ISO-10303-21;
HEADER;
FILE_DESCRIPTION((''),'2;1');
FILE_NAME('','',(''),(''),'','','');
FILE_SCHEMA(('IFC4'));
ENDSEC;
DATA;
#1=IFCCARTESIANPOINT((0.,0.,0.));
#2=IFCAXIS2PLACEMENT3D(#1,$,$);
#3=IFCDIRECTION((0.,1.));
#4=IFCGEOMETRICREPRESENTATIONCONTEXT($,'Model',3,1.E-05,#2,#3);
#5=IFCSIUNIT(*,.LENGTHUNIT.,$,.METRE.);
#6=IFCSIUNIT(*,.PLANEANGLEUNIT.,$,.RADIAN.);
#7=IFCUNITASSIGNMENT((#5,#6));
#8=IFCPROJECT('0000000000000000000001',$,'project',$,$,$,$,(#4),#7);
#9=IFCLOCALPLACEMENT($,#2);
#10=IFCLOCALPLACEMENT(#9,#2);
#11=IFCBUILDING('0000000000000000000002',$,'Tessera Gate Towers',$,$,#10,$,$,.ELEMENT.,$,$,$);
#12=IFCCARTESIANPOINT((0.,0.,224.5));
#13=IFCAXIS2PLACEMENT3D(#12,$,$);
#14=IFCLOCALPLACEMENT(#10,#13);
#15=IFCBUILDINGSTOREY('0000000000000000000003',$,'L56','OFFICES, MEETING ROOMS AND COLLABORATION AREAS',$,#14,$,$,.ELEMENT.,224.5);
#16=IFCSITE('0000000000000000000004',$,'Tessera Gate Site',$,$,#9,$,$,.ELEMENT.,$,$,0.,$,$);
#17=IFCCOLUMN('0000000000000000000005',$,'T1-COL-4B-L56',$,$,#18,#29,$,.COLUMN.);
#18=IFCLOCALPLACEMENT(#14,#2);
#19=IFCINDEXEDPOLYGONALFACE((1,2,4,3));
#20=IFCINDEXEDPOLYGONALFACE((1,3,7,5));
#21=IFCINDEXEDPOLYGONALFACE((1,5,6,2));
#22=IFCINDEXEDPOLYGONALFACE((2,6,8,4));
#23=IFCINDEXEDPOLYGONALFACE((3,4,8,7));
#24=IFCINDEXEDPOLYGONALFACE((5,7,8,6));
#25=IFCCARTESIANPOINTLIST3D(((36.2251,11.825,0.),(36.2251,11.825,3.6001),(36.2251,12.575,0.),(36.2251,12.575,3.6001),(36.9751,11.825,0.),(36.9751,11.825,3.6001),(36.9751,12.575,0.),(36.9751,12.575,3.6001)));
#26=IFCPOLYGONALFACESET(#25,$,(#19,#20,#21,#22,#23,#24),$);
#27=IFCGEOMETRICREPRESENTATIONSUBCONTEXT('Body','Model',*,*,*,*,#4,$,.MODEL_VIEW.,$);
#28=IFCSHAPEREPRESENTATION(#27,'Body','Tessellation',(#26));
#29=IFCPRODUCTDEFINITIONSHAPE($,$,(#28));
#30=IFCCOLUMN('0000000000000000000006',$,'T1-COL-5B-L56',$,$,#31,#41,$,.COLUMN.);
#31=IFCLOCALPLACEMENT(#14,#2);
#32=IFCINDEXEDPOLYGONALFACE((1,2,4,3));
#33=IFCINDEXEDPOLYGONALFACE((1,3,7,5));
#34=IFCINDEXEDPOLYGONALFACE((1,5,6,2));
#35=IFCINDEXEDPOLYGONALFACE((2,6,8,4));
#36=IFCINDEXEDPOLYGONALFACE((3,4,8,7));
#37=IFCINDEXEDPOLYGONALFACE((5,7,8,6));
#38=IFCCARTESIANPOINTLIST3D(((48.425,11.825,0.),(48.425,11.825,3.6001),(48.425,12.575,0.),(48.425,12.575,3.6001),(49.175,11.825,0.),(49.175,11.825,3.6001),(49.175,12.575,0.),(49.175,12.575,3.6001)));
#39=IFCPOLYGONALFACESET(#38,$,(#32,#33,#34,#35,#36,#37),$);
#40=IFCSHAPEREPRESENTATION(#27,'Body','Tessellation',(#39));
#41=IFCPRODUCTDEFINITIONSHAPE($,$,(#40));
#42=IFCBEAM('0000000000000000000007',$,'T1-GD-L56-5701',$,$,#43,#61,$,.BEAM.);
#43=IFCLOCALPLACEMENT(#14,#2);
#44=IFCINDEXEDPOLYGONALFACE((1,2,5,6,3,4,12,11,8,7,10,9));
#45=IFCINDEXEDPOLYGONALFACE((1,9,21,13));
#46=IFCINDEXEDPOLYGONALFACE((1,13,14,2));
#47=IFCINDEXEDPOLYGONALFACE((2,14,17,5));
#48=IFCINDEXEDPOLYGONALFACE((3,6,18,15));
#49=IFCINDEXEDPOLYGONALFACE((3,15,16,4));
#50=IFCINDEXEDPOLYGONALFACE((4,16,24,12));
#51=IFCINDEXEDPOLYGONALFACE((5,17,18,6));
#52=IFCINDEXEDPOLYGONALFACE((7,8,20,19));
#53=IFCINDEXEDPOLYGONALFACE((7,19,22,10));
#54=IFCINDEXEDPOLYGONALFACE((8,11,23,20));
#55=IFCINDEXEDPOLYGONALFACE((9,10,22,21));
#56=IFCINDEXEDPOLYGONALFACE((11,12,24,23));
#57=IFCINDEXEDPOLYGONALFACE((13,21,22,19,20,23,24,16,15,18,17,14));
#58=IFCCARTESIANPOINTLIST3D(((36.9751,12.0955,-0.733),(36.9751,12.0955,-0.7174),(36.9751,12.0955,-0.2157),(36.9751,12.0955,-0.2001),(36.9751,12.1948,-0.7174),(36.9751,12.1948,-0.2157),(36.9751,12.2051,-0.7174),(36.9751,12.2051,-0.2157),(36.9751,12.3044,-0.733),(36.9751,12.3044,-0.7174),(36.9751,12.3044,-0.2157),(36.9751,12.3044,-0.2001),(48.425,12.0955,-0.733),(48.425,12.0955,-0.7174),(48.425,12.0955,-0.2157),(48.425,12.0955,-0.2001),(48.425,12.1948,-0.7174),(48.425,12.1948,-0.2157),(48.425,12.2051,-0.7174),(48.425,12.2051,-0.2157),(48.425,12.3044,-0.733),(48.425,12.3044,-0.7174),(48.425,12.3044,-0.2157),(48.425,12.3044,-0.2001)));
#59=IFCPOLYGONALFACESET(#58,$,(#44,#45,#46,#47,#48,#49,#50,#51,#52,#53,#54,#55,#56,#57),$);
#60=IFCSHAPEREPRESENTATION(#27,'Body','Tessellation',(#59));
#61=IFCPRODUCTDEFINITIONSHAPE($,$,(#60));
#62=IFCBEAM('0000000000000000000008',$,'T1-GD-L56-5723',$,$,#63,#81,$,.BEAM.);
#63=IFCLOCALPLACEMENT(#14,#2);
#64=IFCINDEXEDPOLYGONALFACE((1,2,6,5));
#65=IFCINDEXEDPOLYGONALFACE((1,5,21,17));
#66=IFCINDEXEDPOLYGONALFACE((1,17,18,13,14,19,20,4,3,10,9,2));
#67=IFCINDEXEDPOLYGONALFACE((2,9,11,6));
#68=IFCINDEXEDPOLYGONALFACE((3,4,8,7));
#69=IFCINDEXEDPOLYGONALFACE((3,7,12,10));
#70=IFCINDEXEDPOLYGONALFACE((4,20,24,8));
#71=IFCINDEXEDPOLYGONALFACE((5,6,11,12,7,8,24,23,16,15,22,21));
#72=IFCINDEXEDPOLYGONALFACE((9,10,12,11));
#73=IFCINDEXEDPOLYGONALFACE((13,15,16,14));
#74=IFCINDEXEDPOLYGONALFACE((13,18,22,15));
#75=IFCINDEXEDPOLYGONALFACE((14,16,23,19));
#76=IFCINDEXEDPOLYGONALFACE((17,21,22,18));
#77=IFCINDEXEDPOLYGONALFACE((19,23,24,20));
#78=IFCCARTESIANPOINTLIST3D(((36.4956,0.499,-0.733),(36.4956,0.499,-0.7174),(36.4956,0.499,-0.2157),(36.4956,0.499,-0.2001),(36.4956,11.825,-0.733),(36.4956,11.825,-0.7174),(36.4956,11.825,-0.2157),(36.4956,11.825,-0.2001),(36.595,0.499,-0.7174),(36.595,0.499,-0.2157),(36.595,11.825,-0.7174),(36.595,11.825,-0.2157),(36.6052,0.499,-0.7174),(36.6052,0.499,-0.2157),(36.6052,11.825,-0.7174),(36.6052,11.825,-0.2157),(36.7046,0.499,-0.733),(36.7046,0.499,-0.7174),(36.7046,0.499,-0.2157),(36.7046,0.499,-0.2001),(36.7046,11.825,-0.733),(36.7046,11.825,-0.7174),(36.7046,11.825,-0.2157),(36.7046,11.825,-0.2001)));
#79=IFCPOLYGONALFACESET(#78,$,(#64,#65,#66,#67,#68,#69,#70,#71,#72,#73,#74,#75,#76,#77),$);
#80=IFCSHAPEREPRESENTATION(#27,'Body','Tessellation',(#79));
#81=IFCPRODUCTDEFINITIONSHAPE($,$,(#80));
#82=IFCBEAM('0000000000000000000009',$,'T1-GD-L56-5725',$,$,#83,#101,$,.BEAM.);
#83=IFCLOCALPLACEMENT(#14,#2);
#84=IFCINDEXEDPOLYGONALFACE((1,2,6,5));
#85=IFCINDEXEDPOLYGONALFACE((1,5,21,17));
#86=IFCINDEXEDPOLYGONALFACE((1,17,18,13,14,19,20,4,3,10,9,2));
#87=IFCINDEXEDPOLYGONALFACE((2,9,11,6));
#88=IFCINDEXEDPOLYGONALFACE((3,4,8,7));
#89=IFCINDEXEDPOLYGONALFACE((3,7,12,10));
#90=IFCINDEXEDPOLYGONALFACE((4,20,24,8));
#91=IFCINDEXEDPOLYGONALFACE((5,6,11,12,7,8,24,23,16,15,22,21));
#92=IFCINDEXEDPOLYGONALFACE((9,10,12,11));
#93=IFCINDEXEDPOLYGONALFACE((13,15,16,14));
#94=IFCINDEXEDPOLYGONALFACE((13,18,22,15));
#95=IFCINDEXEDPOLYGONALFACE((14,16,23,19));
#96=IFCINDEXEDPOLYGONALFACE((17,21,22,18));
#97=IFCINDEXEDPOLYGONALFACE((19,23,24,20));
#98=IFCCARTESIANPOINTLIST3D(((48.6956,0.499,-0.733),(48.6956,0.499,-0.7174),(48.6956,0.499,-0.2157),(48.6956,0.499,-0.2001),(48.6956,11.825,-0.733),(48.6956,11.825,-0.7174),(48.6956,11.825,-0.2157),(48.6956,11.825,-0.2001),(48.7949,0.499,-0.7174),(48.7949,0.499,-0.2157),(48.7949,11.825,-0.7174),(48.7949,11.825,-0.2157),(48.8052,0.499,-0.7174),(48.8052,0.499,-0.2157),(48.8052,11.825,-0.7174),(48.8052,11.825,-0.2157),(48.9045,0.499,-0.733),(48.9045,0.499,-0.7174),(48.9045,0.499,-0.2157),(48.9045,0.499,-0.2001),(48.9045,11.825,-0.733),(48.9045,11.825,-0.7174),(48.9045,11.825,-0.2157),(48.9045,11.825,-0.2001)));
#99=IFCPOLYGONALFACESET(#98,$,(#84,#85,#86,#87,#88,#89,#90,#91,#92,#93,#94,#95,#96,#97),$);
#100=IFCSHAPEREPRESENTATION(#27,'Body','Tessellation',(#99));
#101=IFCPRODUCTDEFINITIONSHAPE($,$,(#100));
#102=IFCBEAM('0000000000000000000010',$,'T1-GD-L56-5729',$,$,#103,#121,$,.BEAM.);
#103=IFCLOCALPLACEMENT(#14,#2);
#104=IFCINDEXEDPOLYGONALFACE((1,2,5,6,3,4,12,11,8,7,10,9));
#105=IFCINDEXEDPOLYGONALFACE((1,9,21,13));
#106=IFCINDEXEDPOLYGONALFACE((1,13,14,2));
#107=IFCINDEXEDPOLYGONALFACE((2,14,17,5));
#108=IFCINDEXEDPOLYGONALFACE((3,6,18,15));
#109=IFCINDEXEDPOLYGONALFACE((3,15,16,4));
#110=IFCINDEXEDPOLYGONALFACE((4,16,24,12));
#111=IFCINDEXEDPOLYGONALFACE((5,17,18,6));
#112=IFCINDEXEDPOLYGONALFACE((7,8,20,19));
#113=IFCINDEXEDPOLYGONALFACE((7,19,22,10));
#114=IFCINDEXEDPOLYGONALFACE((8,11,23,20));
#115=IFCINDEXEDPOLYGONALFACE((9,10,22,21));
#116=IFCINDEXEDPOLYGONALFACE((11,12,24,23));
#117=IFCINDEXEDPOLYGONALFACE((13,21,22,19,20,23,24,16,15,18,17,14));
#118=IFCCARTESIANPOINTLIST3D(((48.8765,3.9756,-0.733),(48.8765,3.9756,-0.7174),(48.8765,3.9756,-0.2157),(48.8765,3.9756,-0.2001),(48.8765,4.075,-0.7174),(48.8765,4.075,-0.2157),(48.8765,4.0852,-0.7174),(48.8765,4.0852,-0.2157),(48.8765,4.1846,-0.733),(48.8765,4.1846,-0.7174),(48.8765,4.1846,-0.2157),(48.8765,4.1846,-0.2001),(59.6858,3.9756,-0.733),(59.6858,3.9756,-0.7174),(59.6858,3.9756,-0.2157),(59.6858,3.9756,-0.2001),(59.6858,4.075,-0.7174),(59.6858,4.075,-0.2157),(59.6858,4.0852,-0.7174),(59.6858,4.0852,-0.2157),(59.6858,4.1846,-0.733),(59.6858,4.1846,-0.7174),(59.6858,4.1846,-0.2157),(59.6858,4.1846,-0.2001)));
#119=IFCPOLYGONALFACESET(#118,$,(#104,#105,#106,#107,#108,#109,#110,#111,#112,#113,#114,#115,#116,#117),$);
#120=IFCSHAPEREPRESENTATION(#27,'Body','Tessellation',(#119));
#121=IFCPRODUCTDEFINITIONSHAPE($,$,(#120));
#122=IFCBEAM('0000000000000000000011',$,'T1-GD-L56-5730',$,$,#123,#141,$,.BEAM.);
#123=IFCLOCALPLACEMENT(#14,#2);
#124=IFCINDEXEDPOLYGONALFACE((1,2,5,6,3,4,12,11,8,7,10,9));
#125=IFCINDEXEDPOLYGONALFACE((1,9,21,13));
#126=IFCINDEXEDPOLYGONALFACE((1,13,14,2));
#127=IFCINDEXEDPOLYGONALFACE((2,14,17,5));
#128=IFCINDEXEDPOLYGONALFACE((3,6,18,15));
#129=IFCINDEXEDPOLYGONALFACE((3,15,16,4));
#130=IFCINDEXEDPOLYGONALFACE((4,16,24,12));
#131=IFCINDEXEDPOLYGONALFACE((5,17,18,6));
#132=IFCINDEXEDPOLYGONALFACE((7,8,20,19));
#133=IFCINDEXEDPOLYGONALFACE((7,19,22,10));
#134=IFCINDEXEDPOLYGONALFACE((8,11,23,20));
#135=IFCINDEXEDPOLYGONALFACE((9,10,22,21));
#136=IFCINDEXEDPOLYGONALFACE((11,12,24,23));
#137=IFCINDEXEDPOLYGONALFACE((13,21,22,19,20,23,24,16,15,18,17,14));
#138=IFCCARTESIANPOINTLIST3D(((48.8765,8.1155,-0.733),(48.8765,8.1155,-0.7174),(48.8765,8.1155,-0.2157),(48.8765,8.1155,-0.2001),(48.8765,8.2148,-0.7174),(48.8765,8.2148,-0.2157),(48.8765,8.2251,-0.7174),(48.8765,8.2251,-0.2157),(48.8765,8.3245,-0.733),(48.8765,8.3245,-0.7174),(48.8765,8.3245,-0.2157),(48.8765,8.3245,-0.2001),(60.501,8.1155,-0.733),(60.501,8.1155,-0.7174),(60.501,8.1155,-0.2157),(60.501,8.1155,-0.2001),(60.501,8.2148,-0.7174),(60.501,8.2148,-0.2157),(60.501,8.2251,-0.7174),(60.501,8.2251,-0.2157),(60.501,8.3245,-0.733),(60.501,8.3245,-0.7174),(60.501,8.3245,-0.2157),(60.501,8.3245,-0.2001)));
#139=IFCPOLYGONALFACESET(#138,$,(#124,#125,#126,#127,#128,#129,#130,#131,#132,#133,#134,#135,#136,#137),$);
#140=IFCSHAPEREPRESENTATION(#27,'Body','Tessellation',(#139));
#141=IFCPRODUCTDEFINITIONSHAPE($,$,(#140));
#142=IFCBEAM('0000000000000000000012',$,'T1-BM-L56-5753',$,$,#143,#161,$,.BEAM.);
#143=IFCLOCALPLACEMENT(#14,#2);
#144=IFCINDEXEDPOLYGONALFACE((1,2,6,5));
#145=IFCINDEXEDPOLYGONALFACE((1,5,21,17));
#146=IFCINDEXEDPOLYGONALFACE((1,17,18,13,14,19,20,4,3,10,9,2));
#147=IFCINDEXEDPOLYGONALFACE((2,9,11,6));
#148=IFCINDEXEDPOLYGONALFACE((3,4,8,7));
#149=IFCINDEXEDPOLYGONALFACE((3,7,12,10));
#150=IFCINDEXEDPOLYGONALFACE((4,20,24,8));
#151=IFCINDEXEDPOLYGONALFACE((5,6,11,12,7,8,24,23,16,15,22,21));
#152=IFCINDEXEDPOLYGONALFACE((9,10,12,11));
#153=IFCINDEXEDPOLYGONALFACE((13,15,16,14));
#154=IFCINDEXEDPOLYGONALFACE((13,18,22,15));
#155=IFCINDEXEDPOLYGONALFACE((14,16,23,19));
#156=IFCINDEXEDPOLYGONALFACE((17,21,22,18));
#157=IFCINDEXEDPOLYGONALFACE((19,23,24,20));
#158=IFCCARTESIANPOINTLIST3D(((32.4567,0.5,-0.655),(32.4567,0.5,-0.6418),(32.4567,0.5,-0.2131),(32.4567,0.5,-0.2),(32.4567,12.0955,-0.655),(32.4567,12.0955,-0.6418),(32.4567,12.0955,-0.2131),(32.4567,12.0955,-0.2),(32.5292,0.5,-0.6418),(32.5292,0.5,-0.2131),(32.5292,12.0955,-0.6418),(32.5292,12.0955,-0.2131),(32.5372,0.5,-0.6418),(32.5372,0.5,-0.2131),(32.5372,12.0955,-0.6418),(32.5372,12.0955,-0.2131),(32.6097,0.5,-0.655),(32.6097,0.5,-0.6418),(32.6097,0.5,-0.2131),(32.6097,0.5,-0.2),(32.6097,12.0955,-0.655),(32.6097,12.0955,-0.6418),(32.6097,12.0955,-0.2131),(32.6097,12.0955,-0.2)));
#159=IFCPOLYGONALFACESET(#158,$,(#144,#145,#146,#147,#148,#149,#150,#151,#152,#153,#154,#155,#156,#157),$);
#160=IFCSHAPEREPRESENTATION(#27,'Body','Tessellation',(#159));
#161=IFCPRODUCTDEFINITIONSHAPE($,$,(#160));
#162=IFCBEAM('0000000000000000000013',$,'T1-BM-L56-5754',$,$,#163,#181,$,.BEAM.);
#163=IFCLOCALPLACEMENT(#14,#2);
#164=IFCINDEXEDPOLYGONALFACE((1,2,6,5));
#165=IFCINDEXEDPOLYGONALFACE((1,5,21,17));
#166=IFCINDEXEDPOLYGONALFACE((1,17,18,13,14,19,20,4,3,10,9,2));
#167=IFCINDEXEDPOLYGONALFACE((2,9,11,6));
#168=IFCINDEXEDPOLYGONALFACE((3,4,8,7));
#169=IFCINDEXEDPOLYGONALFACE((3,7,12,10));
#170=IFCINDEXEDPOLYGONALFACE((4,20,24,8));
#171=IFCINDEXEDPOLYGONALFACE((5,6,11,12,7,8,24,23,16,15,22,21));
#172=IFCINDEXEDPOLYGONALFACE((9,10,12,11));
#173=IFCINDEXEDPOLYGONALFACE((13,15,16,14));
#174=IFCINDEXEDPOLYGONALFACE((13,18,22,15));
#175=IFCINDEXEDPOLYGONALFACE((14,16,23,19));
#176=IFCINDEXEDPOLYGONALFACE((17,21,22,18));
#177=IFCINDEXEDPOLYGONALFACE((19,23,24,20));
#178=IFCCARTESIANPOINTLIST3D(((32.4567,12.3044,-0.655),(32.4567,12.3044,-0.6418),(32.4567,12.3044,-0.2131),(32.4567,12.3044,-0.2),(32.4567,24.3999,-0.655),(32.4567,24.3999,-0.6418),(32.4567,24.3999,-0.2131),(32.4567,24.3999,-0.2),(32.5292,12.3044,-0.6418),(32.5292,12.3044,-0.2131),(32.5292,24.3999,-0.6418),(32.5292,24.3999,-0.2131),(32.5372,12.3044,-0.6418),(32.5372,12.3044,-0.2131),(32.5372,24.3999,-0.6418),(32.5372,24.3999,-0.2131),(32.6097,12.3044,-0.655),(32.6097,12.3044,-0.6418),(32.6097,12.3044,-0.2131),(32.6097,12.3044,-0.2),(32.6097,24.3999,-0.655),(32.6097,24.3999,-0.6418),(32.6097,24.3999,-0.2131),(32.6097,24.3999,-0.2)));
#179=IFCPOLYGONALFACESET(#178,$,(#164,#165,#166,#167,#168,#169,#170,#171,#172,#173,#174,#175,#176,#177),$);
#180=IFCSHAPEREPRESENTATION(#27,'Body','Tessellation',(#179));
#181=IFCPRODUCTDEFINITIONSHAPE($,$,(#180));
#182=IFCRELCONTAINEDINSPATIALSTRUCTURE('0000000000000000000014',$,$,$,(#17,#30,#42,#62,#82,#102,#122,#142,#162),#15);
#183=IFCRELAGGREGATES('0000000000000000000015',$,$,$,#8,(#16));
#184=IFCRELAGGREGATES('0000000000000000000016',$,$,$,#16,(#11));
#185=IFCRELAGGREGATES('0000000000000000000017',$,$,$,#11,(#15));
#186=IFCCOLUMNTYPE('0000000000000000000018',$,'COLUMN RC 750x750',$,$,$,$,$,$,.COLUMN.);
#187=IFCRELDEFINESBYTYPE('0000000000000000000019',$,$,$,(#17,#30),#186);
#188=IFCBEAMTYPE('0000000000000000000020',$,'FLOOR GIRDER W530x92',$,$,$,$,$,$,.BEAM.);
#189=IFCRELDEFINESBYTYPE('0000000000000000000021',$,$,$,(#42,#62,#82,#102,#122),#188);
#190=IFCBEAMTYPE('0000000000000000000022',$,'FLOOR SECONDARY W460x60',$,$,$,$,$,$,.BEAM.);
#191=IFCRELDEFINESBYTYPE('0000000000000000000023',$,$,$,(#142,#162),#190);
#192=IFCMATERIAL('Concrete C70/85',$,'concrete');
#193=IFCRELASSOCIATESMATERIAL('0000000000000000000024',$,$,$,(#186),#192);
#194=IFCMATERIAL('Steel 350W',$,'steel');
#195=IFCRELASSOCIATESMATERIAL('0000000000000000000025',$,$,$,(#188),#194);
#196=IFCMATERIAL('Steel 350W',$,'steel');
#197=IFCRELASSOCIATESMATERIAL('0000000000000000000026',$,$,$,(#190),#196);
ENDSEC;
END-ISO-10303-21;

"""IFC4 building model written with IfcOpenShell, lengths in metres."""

from ifc_helpers import new_model, si_unit, direction, frame, origin, origin_2d, place, context, subcontext, project, spatial, rectangle, i_section, extrude, material, material_profile, profile_set, type_object, element, save


model = new_model("IFC4")

# Units and contexts
model_context = context("Model", 3, precision=1e-05, world=origin(), true_north=direction((0.0, 1.0)))
body_context = subcontext(model_context, "Body", "Model", "MODEL_VIEW")
ifc_project = project(units=[si_unit("LENGTHUNIT", "METRE"), si_unit("PLANEANGLEUNIT", "RADIAN")], contexts=[model_context])

# Site, building, storey
site_placement = place(None, origin())
site = spatial("IfcSite", under=ifc_project, at=site_placement, Name="Tessera Gate Site", CompositionType="ELEMENT", RefElevation=0.0)
building_placement = place(site_placement, origin())
building = spatial("IfcBuilding", under=site, at=building_placement, Name="Tessera Gate Towers", CompositionType="ELEMENT")
storey_placement = place(building_placement, frame((0.0, 0.0, 224.5)))
storey = spatial("IfcBuildingStorey", under=building, at=storey_placement, Name="L56", Description="OFFICES, MEETING ROOMS AND COLLABORATION AREAS", CompositionType="ELEMENT", Elevation=224.5)

# Columns
ifc_material_1 = material(Name="Concrete C70/85", Category="concrete")
ifc_material_profile_1 = material_profile(ifc_material_1, rectangle(XDim=0.75, YDim=0.75, at=origin_2d()), Name="RC 750x750")
ifc_profile_set_1 = profile_set([ifc_material_profile_1], Name="Concrete C70/85")
column_type = type_object("IfcColumnType", Name="COLUMN RC 750x750", PredefinedType="COLUMN", material=ifc_profile_set_1)
for number, where, z_axis, x_axis, name in (
    (1, (36.6001, 12.2, 0.0), (0.0, 0.0, 1.0), (1.0, 0.0, 0.0), "T1-COL-4B-L56"),
    (2, (48.8, 12.2, 0.0), (0.0, 0.0, 1.0), (1.0, 0.0, 0.0), "T1-COL-5B-L56"),
):
    element("IfcColumn", number, at=place(storey_placement, frame(where, z_axis=z_axis, x_axis=x_axis)), inside=storey, type_object=column_type, Name=name, PredefinedType="COLUMN", context=body_context, shape_type="SweptSolid", body=[
        extrude(rectangle(XDim=0.75, YDim=0.75, at=origin_2d()), origin(), (0.0, 0.0, 1.0), 3.6001),
    ])

# Beams
ifc_material_2 = material(Name="Steel 350W", Category="steel")
ifc_material_profile_2 = material_profile(ifc_material_2, i_section(OverallWidth=0.209, OverallDepth=0.533, WebThickness=0.0103, FlangeThickness=0.0156, at=origin_2d()), Name="W530x92")
ifc_profile_set_2 = profile_set([ifc_material_profile_2], Name="Steel 350W")
beam_type_1 = type_object("IfcBeamType", Name="FLOOR GIRDER W530x92", PredefinedType="BEAM", material=ifc_profile_set_2)
beam_1_placement = place(storey_placement, frame((36.9751, 12.2, -0.4666), z_axis=(1.0, 0.0, 0.0), x_axis=(0.0, 1.0, 0.0)))
element("IfcBeam", 3, at=beam_1_placement, inside=storey, type_object=beam_type_1, Name="T1-GD-L56-5701", PredefinedType="BEAM", context=body_context, shape_type="SweptSolid", body=[
    extrude(i_section(OverallWidth=0.209, OverallDepth=0.533, WebThickness=0.0103, FlangeThickness=0.0156, at=origin_2d()), origin(), (0.0, 0.0, 1.0), 11.45),
])
for number, where, z_axis, x_axis, name in (
    (4, (36.6001, 0.499, -0.4666), (0.0, 1.0, 0.0), (-1.0, 0.0, 0.0), "T1-GD-L56-5723"),
    (5, (48.8, 0.499, -0.4666), (0.0, 1.0, 0.0), (-1.0, 0.0, 0.0), "T1-GD-L56-5725"),
):
    element("IfcBeam", number, at=place(storey_placement, frame(where, z_axis=z_axis, x_axis=x_axis)), inside=storey, type_object=beam_type_1, Name=name, PredefinedType="BEAM", context=body_context, shape_type="SweptSolid", body=[
        extrude(i_section(OverallWidth=0.209, OverallDepth=0.533, WebThickness=0.0103, FlangeThickness=0.0156, at=origin_2d()), origin(), (0.0, 0.0, 1.0), 11.3259),
    ])
beam_2_placement = place(storey_placement, frame((48.8765, 4.0801, -0.4666), z_axis=(1.0, 0.0, 0.0), x_axis=(0.0, 1.0, 0.0)))
element("IfcBeam", 6, at=beam_2_placement, inside=storey, type_object=beam_type_1, Name="T1-GD-L56-5729", PredefinedType="BEAM", context=body_context, shape_type="SweptSolid", body=[
    extrude(i_section(OverallWidth=0.209, OverallDepth=0.533, WebThickness=0.0103, FlangeThickness=0.0156, at=origin_2d()), origin(), (0.0, 0.0, 1.0), 10.8093),
])
beam_3_placement = place(storey_placement, frame((48.8765, 8.22, -0.4666), z_axis=(1.0, 0.0, 0.0), x_axis=(0.0, 1.0, 0.0)))
element("IfcBeam", 7, at=beam_3_placement, inside=storey, type_object=beam_type_1, Name="T1-GD-L56-5730", PredefinedType="BEAM", context=body_context, shape_type="SweptSolid", body=[
    extrude(i_section(OverallWidth=0.209, OverallDepth=0.533, WebThickness=0.0103, FlangeThickness=0.0156, at=origin_2d()), origin(), (0.0, 0.0, 1.0), 11.6245),
])
ifc_material_3 = material(Name="Steel 350W", Category="steel")
ifc_material_profile_3 = material_profile(ifc_material_3, i_section(OverallWidth=0.1531, OverallDepth=0.4551, WebThickness=0.0081, FlangeThickness=0.0132, at=origin_2d()), Name="W460x60")
ifc_profile_set_3 = profile_set([ifc_material_profile_3], Name="Steel 350W")
beam_type_2 = type_object("IfcBeamType", Name="FLOOR SECONDARY W460x60", PredefinedType="BEAM", material=ifc_profile_set_3)
beam_4_placement = place(storey_placement, frame((32.5332, 0.5, -0.4275), z_axis=(0.0, 1.0, 0.0), x_axis=(-1.0, 0.0, 0.0)))
element("IfcBeam", 8, at=beam_4_placement, inside=storey, type_object=beam_type_2, Name="T1-BM-L56-5753", PredefinedType="BEAM", context=body_context, shape_type="SweptSolid", body=[
    extrude(i_section(OverallWidth=0.1531, OverallDepth=0.4551, WebThickness=0.0081, FlangeThickness=0.0132, at=origin_2d()), origin(), (0.0, 0.0, 1.0), 11.5955),
])
beam_5_placement = place(storey_placement, frame((32.5332, 12.3044, -0.4275), z_axis=(0.0, 1.0, 0.0), x_axis=(-1.0, 0.0, 0.0)))
element("IfcBeam", 9, at=beam_5_placement, inside=storey, type_object=beam_type_2, Name="T1-BM-L56-5754", PredefinedType="BEAM", context=body_context, shape_type="SweptSolid", body=[
    extrude(i_section(OverallWidth=0.1531, OverallDepth=0.4551, WebThickness=0.0081, FlangeThickness=0.0132, at=origin_2d()), origin(), (0.0, 0.0, 1.0), 12.0955),
])

save(model, "model.ifc")
